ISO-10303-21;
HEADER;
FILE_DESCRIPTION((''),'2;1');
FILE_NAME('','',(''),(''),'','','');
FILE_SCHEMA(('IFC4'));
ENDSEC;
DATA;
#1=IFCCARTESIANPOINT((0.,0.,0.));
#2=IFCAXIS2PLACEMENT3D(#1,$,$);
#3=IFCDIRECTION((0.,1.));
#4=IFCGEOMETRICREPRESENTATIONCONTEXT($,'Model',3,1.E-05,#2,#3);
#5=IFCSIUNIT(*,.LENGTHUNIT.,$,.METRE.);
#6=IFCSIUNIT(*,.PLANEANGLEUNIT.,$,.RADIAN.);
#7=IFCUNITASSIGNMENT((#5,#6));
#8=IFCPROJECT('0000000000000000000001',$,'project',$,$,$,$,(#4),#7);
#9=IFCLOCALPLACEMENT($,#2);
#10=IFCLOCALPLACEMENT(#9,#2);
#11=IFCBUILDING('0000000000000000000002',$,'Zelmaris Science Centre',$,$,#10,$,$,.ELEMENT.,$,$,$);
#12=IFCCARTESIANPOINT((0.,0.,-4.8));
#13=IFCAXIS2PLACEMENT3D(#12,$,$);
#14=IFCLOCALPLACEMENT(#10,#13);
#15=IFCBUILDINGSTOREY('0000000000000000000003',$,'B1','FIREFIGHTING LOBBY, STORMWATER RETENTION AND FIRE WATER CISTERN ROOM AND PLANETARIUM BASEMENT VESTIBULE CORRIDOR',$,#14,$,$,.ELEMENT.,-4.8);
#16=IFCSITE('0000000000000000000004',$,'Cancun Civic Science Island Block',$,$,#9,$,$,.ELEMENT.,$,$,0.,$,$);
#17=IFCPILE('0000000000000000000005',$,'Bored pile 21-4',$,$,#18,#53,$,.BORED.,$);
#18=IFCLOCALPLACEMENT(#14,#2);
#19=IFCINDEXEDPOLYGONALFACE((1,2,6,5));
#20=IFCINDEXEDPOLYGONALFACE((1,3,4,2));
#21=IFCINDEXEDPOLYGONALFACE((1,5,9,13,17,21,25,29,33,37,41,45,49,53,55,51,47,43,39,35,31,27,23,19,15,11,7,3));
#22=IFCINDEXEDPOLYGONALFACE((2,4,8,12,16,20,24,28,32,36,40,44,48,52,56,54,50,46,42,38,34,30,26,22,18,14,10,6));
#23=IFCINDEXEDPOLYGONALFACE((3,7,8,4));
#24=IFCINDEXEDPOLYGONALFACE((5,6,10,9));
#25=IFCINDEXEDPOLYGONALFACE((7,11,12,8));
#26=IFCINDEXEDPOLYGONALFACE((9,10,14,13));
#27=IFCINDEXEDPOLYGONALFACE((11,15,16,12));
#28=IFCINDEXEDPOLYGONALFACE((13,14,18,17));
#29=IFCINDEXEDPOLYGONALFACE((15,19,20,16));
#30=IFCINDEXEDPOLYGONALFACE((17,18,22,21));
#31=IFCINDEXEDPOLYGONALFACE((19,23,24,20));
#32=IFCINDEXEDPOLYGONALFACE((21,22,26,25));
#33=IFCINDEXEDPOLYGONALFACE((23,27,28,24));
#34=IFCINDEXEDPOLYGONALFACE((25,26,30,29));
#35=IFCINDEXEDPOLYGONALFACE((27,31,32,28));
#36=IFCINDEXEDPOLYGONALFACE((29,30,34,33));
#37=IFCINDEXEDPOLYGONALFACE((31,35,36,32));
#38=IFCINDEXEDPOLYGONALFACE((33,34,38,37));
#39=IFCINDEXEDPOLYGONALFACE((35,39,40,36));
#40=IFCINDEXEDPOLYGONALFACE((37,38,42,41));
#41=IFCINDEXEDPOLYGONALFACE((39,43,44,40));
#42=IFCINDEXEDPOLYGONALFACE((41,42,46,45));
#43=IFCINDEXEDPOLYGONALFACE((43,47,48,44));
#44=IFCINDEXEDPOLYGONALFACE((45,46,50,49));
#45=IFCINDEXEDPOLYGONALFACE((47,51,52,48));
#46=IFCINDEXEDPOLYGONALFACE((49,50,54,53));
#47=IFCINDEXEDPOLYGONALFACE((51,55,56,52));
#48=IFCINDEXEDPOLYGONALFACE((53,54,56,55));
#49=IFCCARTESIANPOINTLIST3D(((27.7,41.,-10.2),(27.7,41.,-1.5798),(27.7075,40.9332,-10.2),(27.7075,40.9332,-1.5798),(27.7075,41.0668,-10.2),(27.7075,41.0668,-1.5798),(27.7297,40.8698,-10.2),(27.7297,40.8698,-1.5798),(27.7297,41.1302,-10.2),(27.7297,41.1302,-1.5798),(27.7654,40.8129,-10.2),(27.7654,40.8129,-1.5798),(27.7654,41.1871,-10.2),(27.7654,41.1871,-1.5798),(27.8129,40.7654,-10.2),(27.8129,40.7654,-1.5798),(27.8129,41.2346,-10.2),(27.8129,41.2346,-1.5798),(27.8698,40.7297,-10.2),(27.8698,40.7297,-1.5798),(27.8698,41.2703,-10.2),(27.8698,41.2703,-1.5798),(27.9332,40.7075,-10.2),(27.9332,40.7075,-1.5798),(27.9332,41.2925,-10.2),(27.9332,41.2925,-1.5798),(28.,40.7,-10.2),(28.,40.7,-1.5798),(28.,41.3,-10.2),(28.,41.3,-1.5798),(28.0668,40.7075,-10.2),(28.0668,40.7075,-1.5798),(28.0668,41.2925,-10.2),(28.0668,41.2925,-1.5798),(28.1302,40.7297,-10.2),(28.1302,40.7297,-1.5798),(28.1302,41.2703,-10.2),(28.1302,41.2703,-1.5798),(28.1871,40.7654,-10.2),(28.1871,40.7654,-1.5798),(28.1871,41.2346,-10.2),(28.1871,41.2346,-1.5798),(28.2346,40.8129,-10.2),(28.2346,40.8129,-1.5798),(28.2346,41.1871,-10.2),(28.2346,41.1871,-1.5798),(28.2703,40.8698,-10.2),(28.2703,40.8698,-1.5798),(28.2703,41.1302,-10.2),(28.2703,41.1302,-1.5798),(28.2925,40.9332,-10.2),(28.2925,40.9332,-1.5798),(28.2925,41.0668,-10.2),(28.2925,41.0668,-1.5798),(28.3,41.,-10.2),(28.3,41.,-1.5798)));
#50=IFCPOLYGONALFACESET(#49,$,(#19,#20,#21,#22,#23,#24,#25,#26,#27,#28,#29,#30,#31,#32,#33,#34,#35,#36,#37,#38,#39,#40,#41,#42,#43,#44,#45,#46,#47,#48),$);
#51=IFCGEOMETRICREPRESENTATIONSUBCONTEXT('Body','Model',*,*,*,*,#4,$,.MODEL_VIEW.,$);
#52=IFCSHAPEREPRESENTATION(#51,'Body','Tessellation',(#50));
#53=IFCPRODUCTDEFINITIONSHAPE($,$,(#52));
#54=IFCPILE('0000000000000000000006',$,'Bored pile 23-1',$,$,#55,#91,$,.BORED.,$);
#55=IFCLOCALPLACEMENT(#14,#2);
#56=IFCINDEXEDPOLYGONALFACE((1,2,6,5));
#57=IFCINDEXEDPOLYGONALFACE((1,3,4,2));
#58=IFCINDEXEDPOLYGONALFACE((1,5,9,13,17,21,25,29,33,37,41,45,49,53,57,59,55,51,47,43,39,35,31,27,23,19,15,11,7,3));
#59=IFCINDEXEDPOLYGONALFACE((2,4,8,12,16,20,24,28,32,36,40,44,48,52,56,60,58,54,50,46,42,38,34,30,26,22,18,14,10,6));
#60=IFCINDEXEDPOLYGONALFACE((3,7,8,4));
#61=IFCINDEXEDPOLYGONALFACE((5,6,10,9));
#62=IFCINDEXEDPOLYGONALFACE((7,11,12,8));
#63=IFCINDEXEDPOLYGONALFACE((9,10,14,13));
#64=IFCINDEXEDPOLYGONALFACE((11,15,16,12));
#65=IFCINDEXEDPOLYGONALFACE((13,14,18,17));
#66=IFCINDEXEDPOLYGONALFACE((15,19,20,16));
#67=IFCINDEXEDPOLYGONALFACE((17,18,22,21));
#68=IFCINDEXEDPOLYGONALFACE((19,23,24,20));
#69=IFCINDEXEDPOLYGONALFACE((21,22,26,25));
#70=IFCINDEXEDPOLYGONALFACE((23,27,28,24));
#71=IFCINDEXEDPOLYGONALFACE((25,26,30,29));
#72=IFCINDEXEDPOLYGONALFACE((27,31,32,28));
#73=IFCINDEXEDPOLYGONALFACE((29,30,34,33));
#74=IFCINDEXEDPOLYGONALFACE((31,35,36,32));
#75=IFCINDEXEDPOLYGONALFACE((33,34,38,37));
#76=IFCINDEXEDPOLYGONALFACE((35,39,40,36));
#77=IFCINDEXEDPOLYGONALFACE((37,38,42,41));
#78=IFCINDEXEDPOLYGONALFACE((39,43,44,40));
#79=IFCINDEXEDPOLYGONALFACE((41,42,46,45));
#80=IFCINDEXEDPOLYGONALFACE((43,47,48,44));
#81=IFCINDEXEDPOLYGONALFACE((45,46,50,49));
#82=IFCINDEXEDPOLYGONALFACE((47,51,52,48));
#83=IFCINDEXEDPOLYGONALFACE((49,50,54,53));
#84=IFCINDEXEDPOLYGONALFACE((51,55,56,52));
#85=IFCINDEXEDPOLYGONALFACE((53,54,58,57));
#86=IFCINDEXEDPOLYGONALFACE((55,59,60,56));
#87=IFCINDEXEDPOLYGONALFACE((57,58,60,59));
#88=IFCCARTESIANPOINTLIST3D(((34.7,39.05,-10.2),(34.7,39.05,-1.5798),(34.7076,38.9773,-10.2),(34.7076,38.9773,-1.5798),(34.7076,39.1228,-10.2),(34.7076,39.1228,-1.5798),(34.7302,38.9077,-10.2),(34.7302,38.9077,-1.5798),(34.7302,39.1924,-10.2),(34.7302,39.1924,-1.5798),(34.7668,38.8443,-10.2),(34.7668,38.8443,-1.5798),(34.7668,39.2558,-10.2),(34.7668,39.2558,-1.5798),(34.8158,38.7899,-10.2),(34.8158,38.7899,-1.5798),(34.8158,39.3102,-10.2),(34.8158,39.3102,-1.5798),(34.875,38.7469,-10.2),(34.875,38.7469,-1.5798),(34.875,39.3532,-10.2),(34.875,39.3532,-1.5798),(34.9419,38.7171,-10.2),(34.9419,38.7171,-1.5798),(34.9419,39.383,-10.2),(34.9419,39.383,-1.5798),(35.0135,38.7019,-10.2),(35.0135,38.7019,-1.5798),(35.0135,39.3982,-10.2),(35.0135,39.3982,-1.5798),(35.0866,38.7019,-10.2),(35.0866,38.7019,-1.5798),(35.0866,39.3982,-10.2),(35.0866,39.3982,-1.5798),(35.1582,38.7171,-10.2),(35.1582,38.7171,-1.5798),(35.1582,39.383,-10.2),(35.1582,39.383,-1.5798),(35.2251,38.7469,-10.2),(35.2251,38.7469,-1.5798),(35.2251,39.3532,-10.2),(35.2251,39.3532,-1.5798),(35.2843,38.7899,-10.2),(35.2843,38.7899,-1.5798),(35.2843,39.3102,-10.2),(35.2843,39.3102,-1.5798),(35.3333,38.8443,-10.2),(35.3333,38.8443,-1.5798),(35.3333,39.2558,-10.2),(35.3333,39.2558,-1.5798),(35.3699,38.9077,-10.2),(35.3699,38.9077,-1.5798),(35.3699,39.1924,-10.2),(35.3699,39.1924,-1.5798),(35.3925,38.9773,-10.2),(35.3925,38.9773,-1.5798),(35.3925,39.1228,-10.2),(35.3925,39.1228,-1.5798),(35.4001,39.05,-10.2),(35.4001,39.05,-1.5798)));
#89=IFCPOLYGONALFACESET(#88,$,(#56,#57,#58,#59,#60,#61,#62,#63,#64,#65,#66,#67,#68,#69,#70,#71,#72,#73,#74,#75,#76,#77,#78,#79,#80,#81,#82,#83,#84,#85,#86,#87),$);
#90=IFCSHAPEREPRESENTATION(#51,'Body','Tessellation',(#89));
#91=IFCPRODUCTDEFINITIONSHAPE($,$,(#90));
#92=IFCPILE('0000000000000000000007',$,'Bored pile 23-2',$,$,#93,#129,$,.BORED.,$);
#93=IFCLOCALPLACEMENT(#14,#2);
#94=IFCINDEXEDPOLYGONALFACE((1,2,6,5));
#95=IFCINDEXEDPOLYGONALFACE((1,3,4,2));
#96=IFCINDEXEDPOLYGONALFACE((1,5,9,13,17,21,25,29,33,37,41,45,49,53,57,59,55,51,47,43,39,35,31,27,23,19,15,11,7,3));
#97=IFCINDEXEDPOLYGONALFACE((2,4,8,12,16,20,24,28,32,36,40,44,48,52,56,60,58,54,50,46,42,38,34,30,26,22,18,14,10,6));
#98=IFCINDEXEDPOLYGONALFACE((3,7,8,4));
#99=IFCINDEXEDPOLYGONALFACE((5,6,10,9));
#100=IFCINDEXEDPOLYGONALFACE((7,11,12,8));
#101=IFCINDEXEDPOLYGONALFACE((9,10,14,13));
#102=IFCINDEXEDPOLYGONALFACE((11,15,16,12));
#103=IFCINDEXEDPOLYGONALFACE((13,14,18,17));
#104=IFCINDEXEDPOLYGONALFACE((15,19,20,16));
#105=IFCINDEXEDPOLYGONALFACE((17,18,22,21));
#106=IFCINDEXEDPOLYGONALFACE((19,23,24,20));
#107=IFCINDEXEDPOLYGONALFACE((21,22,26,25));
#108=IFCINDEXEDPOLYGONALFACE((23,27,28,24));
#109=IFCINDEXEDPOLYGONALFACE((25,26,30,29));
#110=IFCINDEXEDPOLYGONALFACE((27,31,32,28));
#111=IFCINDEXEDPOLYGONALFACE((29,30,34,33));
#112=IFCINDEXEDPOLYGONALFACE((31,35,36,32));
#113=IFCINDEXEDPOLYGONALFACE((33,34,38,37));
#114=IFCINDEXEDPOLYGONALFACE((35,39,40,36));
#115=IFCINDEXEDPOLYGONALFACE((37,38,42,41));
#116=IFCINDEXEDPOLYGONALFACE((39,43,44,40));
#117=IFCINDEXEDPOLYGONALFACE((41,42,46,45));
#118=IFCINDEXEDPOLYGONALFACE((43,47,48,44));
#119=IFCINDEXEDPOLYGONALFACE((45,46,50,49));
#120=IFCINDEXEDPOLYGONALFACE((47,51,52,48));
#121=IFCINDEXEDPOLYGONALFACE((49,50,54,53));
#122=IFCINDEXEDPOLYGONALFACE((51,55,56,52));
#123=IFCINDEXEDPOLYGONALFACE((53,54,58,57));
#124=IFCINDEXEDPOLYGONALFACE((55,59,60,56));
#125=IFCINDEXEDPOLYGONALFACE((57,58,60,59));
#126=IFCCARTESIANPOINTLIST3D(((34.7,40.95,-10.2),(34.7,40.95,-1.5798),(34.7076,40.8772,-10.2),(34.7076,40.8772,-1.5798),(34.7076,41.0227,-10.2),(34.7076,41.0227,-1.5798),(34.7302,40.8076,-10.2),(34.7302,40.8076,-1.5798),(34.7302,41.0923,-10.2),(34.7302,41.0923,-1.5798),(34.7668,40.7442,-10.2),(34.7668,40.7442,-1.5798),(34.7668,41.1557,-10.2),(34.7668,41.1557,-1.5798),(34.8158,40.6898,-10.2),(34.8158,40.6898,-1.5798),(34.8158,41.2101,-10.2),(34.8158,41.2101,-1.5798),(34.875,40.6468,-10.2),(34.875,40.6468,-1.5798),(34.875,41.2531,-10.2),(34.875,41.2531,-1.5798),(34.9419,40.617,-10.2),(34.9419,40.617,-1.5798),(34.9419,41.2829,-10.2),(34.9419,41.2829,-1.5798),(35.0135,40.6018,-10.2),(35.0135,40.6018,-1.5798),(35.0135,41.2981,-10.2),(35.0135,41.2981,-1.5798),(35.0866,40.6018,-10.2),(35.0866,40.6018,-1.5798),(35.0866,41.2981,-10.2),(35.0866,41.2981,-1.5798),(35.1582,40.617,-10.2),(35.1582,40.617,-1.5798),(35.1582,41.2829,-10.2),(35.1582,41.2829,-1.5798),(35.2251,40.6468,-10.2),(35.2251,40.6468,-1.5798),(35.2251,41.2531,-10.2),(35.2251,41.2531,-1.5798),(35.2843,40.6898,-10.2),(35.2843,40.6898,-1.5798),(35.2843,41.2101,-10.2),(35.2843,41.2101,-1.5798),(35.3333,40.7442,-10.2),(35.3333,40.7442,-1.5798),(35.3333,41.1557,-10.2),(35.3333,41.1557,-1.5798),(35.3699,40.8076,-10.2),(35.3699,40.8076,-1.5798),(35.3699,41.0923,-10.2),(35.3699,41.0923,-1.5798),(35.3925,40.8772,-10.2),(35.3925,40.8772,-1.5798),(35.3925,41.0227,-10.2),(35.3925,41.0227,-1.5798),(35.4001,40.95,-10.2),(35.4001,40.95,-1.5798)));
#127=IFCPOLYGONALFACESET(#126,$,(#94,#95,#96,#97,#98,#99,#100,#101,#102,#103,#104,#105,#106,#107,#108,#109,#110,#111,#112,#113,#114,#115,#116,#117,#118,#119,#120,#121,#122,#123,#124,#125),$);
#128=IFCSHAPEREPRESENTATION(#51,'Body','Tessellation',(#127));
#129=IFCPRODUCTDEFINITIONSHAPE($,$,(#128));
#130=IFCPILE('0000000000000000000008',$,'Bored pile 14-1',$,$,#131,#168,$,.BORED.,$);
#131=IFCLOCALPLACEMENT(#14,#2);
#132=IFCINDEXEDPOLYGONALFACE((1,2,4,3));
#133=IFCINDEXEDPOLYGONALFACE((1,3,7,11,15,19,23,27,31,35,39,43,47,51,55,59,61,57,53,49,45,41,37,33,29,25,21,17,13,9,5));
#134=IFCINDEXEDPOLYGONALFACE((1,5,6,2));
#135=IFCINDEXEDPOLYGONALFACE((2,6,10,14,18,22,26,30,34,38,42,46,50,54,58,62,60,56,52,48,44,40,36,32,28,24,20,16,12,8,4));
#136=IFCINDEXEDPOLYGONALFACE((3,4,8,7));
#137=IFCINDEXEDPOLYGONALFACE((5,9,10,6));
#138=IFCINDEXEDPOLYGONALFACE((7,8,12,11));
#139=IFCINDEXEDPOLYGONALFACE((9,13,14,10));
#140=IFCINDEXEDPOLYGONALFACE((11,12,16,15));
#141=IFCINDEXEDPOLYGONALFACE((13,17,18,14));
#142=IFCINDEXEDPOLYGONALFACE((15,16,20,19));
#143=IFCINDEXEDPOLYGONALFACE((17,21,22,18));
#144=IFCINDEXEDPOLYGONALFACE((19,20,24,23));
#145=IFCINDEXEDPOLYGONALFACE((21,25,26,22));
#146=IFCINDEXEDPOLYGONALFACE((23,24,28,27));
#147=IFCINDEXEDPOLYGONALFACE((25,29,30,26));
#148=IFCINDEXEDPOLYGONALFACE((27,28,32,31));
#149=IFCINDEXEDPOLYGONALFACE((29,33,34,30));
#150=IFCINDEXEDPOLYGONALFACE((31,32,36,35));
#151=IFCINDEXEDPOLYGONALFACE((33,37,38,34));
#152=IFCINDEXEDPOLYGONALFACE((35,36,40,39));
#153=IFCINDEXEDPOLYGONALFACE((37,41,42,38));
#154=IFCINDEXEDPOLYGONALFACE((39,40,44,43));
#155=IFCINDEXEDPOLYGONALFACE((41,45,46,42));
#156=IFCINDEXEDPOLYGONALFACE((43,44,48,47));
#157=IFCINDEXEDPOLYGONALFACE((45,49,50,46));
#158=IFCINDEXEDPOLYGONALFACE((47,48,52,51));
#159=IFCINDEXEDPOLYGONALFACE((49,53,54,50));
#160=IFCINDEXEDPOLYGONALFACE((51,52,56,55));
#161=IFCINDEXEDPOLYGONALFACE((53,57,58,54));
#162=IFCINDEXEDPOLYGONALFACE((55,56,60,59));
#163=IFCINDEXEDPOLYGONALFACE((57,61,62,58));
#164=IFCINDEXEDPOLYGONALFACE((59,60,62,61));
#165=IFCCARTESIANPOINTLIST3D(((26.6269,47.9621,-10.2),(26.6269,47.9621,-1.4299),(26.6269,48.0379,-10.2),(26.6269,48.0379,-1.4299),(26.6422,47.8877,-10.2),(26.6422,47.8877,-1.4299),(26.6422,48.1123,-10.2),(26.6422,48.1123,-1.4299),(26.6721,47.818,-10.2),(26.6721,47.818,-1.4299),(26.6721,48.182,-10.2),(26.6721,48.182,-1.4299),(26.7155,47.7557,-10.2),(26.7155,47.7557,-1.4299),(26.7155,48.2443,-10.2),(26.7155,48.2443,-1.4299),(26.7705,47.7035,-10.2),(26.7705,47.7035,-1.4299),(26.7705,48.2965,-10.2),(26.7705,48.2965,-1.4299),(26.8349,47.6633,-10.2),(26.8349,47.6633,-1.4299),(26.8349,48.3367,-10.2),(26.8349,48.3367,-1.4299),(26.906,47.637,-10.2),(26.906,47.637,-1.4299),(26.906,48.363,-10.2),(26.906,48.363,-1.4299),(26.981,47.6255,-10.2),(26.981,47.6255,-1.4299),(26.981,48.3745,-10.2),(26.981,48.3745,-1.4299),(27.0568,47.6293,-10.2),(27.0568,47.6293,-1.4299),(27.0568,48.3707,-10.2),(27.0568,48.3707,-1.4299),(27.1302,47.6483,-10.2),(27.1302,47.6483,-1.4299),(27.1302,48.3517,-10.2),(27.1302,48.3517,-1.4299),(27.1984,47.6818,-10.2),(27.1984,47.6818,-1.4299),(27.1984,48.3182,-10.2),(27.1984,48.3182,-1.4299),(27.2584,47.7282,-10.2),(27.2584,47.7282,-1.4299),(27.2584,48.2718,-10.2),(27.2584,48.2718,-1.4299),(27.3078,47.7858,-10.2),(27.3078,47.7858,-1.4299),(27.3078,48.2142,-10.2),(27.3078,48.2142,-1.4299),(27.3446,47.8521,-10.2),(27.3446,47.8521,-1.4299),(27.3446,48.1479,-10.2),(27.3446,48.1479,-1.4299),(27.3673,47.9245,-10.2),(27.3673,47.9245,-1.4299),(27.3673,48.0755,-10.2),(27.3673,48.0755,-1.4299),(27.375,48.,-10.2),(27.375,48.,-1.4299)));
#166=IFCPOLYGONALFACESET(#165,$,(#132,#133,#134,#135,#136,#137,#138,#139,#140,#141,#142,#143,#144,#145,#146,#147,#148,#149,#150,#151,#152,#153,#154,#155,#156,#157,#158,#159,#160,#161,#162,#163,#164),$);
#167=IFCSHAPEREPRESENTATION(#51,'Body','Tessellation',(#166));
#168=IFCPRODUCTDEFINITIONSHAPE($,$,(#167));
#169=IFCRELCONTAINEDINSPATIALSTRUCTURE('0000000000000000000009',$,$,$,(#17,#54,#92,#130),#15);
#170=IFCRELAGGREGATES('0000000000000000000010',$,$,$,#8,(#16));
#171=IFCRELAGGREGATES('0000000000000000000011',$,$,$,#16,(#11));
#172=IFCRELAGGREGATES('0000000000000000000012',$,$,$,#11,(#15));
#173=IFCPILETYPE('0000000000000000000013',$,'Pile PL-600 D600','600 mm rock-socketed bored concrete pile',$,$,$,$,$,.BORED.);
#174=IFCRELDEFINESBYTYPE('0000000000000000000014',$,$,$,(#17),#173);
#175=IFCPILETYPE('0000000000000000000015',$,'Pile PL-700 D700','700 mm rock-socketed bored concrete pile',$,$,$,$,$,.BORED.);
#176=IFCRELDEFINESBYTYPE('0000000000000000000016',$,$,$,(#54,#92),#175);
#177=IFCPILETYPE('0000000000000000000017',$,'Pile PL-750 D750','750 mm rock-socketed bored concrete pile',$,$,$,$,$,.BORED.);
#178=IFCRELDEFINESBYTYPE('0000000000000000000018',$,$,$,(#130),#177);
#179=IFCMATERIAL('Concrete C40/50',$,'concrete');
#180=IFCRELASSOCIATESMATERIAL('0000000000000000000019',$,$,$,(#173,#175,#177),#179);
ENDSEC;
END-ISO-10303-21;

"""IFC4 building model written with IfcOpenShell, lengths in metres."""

from ifc_helpers import new_model, si_unit, direction, frame, origin, origin_2d, place, context, subcontext, project, spatial, circle, extrude, material, material_profile, profile_set, type_object, element, save


model = new_model("IFC4")

# Units and contexts
model_context = context("Model", 3, precision=1e-05, world=origin(), true_north=direction((0.0, 1.0)))
body_context = subcontext(model_context, "Body", "Model", "MODEL_VIEW")
ifc_project = project(units=[si_unit("LENGTHUNIT", "METRE"), si_unit("PLANEANGLEUNIT", "RADIAN")], contexts=[model_context])

# Site, building, storey
site_placement = place(None, origin())
site = spatial("IfcSite", under=ifc_project, at=site_placement, Name="Cancun Civic Science Island Block", CompositionType="ELEMENT", RefElevation=0.0)
building_placement = place(site_placement, origin())
building = spatial("IfcBuilding", under=site, at=building_placement, Name="Zelmaris Science Centre", CompositionType="ELEMENT")
storey_placement = place(building_placement, frame((0.0, 0.0, -4.8)))
storey = spatial("IfcBuildingStorey", under=building, at=storey_placement, Name="B1", Description="FIREFIGHTING LOBBY, STORMWATER RETENTION AND FIRE WATER CISTERN ROOM AND PLANETARIUM BASEMENT VESTIBULE CORRIDOR", CompositionType="ELEMENT", Elevation=-4.8)

# Shared definitions
ifc_material_1 = material(Name="Concrete C40/50", Category="concrete")

# Piles
ifc_material_profile_1 = material_profile(ifc_material_1, circle(Radius=0.3, at=origin_2d()), Name="PILE-600")
ifc_profile_set_1 = profile_set([ifc_material_profile_1], Name="Concrete C40/50")
pile_type_1 = type_object("IfcPileType", Name="Pile PL-600 D600", Description="600 mm rock-socketed bored concrete pile", PredefinedType="BORED", material=ifc_profile_set_1)
for number, where, z_axis, x_axis, name in (
    (1, (28.0, 41.0, -1.5798), (0.0, 0.0, -1.0), (1.0, 0.0, 0.0), "Bored pile 21-4"),
):
    element("IfcPile", number, at=place(storey_placement, frame(where, z_axis=z_axis, x_axis=x_axis)), inside=storey, type_object=pile_type_1, Name=name, PredefinedType="BORED", context=body_context, shape_type="SweptSolid", body=[
        extrude(circle(Radius=0.3, at=origin_2d()), origin(), (0.0, 0.0, 1.0), 8.6201),
    ])
ifc_material_profile_2 = material_profile(ifc_material_1, circle(Radius=0.3501, at=origin_2d()), Name="PILE-700")
ifc_profile_set_2 = profile_set([ifc_material_profile_2], Name="Concrete C40/50")
pile_type_2 = type_object("IfcPileType", Name="Pile PL-700 D700", Description="700 mm rock-socketed bored concrete pile", PredefinedType="BORED", material=ifc_profile_set_2)
for number, where, z_axis, x_axis, name in (
    (2, (35.05, 39.05, -1.5798), (0.0, 0.0, -1.0), (1.0, 0.0, 0.0), "Bored pile 23-1"),
    (3, (35.05, 40.95, -1.5798), (0.0, 0.0, -1.0), (1.0, 0.0, 0.0), "Bored pile 23-2"),
):
    element("IfcPile", number, at=place(storey_placement, frame(where, z_axis=z_axis, x_axis=x_axis)), inside=storey, type_object=pile_type_2, Name=name, PredefinedType="BORED", context=body_context, shape_type="SweptSolid", body=[
        extrude(circle(Radius=0.3501, at=origin_2d()), origin(), (0.0, 0.0, 1.0), 8.6201),
    ])
ifc_material_profile_3 = material_profile(ifc_material_1, circle(Radius=0.375, at=origin_2d()), Name="PILE-750")
ifc_profile_set_3 = profile_set([ifc_material_profile_3], Name="Concrete C40/50")
pile_type_3 = type_object("IfcPileType", Name="Pile PL-750 D750", Description="750 mm rock-socketed bored concrete pile", PredefinedType="BORED", material=ifc_profile_set_3)
pile_placement = place(storey_placement, frame((27.0, 48.0, -1.4299), z_axis=(0.0, 0.0, -1.0), x_axis=(1.0, 0.0, 0.0)))
element("IfcPile", 4, at=pile_placement, inside=storey, type_object=pile_type_3, Name="Bored pile 14-1", PredefinedType="BORED", context=body_context, shape_type="SweptSolid", body=[
    extrude(circle(Radius=0.375, at=origin_2d()), origin(), (0.0, 0.0, 1.0), 8.77),
])

save(model, "model.ifc")
